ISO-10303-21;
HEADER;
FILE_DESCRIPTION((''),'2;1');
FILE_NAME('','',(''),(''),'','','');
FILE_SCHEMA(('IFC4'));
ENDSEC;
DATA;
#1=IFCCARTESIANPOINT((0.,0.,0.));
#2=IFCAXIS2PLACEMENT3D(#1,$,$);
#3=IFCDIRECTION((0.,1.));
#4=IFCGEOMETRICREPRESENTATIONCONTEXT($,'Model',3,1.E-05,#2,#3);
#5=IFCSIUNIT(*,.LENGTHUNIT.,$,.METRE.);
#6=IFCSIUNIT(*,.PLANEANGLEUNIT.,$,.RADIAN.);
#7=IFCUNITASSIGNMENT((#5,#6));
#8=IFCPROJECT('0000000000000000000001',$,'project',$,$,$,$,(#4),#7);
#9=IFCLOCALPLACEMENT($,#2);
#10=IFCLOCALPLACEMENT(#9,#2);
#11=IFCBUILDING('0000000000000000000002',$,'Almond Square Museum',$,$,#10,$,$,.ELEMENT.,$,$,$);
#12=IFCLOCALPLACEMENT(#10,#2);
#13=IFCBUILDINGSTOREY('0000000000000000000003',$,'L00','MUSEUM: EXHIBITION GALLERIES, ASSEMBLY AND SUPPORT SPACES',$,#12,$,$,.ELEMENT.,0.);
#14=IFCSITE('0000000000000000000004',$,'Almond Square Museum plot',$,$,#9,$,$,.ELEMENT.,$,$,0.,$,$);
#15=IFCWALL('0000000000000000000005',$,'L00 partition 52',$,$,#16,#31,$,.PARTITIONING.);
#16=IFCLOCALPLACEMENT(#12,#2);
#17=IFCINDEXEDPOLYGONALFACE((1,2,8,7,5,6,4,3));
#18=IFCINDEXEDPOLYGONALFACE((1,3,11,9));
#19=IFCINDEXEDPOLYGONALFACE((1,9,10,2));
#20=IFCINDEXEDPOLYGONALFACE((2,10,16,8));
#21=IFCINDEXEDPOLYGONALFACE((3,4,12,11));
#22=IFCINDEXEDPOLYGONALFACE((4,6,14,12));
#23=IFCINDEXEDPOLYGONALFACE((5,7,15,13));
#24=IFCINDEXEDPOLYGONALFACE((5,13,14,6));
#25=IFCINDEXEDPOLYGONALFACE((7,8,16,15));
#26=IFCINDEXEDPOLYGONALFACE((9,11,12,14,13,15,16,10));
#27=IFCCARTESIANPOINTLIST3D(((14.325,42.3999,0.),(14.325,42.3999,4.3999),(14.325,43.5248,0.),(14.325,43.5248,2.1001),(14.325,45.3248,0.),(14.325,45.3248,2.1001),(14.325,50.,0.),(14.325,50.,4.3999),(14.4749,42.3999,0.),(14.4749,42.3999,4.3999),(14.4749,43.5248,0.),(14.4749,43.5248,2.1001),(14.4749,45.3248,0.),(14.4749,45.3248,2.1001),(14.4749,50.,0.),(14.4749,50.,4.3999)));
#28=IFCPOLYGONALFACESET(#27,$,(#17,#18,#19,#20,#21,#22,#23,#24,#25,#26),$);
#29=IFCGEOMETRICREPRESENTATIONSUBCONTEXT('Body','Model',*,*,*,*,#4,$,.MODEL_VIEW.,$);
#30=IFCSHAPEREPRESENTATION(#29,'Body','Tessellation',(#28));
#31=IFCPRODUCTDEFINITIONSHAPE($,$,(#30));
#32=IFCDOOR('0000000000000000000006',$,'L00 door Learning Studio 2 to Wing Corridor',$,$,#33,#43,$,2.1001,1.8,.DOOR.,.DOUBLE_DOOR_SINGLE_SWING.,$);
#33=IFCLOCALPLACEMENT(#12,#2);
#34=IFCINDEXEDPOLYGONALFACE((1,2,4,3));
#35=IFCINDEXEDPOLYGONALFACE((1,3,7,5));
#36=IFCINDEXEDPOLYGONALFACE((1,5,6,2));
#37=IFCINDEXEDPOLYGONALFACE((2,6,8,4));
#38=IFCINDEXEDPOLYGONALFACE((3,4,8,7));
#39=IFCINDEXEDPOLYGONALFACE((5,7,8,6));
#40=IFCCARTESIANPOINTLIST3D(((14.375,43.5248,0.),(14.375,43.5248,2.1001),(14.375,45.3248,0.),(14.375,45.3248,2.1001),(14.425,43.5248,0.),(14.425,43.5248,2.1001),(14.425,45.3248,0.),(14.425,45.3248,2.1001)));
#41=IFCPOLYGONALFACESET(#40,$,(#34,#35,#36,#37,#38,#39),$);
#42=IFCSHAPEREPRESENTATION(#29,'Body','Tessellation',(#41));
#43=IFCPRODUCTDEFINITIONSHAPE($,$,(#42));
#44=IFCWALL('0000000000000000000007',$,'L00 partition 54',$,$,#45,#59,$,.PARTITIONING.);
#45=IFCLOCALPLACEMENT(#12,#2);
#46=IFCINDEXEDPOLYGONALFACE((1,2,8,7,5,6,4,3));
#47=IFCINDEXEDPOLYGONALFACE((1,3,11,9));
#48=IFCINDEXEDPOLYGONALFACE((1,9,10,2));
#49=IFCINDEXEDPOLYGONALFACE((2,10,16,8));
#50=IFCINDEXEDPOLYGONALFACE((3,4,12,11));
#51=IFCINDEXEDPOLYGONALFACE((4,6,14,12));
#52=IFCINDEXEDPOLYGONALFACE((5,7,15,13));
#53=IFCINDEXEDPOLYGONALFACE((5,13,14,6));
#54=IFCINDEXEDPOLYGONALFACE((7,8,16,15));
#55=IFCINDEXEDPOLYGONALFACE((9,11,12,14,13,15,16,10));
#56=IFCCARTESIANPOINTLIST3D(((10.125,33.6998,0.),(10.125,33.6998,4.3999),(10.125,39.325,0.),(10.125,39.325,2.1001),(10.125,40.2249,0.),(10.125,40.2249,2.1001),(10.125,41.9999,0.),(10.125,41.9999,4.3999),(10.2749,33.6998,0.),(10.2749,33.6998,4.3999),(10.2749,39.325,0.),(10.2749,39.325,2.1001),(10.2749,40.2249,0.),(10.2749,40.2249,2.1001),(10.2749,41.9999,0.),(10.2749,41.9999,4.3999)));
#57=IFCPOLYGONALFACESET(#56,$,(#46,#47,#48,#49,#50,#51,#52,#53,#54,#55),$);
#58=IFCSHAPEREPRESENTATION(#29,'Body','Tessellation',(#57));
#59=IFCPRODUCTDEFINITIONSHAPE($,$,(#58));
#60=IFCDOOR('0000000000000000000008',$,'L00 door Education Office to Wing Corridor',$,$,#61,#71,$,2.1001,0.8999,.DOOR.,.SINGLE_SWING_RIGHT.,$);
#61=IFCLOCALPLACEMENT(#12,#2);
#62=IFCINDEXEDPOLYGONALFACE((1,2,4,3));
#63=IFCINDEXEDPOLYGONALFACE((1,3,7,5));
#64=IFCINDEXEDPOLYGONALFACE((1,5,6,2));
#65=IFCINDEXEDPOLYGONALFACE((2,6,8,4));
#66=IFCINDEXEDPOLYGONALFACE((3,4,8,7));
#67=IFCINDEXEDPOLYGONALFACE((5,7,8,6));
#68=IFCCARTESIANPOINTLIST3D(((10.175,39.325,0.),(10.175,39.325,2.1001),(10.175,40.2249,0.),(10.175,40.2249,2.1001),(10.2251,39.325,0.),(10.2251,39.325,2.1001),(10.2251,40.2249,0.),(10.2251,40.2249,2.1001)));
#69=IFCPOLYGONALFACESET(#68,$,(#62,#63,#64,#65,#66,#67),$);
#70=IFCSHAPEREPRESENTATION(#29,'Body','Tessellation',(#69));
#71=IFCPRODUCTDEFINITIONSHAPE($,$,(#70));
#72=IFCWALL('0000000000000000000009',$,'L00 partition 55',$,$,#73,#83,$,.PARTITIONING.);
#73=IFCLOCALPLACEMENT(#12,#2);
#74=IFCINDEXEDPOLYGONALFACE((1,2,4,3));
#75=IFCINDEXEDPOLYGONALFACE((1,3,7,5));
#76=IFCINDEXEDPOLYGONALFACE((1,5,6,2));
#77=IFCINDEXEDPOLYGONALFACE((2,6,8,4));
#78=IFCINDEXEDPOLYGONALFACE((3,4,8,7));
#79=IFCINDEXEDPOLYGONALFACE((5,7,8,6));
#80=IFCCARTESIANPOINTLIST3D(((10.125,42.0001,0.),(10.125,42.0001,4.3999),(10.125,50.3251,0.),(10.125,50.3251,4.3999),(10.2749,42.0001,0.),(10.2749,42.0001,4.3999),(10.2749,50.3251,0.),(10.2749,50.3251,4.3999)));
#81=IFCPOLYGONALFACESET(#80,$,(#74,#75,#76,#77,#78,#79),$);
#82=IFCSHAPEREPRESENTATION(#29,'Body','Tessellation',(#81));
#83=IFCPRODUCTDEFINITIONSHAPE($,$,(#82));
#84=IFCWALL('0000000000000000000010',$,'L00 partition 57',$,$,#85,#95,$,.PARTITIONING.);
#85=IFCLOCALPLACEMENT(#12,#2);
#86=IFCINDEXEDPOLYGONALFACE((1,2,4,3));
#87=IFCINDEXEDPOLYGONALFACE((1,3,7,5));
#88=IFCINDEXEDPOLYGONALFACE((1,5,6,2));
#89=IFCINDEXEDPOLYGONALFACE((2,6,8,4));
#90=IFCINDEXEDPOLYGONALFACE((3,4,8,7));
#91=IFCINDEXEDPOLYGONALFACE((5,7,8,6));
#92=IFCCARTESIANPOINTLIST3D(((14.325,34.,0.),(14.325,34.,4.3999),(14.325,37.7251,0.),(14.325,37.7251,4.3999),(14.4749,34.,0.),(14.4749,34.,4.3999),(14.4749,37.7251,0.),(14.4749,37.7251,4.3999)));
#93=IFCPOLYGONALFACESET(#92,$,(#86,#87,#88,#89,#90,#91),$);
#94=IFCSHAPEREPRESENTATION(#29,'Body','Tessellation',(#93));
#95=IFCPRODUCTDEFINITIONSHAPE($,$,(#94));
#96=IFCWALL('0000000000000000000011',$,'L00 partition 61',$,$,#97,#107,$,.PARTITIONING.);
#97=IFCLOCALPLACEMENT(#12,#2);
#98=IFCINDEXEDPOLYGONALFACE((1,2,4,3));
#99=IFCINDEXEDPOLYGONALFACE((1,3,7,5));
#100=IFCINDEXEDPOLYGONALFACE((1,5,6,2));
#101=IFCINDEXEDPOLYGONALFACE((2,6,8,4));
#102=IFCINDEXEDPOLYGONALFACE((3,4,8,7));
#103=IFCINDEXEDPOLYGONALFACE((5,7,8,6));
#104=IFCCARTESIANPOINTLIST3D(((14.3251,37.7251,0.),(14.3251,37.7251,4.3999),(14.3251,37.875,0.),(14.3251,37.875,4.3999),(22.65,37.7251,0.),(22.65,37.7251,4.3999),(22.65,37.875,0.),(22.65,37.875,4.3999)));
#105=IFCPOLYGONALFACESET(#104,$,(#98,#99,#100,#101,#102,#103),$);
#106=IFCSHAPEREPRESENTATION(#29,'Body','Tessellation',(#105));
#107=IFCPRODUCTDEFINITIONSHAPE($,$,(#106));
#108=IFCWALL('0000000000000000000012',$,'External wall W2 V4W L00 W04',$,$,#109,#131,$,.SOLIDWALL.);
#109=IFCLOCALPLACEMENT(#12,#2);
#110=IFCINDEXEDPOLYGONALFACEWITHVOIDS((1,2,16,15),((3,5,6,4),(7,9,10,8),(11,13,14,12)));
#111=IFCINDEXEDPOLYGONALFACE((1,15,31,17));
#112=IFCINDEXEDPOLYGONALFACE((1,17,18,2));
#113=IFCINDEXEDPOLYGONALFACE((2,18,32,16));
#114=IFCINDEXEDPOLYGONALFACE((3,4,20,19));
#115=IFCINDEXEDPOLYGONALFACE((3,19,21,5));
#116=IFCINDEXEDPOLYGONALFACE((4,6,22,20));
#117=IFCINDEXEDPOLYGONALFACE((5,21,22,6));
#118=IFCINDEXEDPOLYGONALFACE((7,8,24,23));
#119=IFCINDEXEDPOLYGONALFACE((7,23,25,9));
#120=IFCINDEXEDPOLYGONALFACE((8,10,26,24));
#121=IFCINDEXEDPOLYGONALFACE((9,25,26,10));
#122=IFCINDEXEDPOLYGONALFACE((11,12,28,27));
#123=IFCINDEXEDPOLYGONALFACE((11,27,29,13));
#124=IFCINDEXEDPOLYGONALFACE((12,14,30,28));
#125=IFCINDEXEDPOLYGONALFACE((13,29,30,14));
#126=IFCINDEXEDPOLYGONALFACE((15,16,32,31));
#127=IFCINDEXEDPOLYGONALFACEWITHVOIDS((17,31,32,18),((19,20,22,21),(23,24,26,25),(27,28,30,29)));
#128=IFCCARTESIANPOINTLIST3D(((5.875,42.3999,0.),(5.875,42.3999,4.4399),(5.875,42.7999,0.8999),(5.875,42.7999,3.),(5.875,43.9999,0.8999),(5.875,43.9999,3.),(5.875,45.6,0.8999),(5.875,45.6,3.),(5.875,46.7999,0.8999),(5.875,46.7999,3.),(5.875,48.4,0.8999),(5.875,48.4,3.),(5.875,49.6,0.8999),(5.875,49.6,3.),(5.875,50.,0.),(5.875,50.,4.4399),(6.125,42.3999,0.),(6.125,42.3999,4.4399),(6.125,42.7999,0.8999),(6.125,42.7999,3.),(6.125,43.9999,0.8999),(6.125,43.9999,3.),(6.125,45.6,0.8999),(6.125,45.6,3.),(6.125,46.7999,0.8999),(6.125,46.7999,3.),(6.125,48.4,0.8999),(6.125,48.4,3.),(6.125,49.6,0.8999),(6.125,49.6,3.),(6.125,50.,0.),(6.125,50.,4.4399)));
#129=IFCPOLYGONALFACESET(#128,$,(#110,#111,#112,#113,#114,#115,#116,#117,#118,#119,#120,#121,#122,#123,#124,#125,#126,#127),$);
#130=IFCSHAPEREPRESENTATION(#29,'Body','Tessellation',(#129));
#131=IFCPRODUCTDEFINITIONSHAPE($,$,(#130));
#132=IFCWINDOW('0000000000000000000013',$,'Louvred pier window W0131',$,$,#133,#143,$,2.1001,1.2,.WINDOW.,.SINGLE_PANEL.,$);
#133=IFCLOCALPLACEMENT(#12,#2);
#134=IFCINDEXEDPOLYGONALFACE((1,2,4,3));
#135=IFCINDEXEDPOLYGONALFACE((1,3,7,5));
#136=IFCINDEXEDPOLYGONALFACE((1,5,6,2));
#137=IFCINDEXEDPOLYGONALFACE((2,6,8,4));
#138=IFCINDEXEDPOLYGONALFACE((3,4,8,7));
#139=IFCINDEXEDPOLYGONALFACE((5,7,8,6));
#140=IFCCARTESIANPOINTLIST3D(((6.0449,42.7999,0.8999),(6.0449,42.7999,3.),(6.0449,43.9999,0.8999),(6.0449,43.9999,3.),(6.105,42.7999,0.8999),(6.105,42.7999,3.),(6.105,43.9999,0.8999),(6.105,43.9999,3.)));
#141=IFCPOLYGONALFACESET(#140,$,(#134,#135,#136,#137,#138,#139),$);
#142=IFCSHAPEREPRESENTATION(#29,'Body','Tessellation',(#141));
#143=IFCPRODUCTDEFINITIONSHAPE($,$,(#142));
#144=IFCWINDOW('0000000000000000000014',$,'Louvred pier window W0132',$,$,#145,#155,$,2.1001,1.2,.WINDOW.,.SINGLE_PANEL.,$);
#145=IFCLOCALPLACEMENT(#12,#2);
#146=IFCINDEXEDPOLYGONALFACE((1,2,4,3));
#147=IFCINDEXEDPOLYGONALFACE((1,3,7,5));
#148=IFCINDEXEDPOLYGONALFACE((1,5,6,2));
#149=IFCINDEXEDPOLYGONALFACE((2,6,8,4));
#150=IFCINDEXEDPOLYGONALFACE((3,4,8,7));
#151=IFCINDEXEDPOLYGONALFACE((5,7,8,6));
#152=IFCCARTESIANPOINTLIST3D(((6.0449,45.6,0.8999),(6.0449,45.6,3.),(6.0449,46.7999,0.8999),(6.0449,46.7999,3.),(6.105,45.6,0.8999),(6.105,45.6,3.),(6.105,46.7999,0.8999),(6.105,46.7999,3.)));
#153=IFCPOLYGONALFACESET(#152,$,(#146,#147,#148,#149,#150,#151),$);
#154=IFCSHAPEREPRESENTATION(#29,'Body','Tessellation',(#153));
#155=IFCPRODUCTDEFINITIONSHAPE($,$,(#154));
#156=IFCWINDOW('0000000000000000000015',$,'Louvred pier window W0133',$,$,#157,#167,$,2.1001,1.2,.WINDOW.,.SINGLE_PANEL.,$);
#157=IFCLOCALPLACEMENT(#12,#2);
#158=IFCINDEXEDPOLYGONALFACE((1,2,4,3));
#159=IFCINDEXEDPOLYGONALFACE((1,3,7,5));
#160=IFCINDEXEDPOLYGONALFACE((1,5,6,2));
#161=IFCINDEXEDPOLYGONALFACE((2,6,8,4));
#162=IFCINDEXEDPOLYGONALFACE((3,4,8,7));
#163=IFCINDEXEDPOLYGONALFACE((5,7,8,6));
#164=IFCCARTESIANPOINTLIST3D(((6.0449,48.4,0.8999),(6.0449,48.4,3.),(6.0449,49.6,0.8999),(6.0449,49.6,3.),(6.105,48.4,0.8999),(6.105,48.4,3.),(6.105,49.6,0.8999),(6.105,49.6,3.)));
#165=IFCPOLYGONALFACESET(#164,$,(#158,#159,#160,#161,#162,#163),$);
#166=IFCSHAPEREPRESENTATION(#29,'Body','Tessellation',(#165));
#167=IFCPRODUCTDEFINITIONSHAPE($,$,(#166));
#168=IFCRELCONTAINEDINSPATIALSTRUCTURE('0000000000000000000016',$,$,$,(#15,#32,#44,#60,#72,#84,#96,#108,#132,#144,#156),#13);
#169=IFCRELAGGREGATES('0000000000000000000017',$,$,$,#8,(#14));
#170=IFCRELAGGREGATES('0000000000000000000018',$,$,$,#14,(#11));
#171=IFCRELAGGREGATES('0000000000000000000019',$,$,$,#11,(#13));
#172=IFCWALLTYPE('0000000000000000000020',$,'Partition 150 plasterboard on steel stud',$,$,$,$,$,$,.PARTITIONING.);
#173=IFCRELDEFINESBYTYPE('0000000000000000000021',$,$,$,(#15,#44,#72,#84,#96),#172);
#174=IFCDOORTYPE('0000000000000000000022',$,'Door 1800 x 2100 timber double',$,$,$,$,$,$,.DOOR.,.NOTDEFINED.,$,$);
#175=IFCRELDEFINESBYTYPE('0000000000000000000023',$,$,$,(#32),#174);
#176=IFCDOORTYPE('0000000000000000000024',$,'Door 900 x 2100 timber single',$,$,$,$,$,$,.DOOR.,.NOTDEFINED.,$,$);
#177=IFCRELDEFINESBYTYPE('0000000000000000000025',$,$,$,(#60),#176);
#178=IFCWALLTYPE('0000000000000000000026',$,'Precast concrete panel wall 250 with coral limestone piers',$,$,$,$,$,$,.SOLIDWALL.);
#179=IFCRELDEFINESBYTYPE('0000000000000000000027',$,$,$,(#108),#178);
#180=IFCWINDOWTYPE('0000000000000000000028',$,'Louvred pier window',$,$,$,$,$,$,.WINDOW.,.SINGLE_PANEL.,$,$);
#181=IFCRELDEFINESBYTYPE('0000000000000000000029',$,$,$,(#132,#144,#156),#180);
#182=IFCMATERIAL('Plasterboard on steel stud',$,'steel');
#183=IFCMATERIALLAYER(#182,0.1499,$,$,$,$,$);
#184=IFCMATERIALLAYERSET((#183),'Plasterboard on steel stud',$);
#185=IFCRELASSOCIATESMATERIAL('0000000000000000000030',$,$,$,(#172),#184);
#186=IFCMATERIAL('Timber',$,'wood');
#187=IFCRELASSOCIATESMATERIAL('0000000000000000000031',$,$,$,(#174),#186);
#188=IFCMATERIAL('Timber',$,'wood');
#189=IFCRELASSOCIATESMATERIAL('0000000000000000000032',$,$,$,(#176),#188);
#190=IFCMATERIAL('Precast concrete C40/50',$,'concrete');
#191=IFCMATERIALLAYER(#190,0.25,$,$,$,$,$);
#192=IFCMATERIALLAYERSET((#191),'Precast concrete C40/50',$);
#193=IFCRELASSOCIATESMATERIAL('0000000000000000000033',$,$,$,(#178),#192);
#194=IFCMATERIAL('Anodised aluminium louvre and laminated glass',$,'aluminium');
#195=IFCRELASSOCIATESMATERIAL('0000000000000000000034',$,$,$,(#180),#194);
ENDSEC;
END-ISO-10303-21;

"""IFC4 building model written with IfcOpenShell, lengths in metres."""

from ifc_helpers import new_model, si_unit, direction, frame, frame_2d, origin, place, context, subcontext, project, spatial, rectangle, extrude, material, layer, layer_set, type_object, element, fill, save


model = new_model("IFC4")

# Units and contexts
model_context = context("Model", 3, precision=1e-05, world=origin(), true_north=direction((0.0, 1.0)))
body_context = subcontext(model_context, "Body", "Model", "MODEL_VIEW")
ifc_project = project(units=[si_unit("LENGTHUNIT", "METRE"), si_unit("PLANEANGLEUNIT", "RADIAN")], contexts=[model_context])

# Site, building, storey
site_placement = place(None, origin())
site = spatial("IfcSite", under=ifc_project, at=site_placement, Name="Almond Square Museum plot", CompositionType="ELEMENT", RefElevation=0.0)
building_placement = place(site_placement, origin())
building = spatial("IfcBuilding", under=site, at=building_placement, Name="Almond Square Museum", CompositionType="ELEMENT")
storey_placement = place(building_placement, origin())
storey = spatial("IfcBuildingStorey", under=building, at=storey_placement, Name="L00", Description="MUSEUM: EXHIBITION GALLERIES, ASSEMBLY AND SUPPORT SPACES", CompositionType="ELEMENT", Elevation=0.0)

# Shared definitions
ifc_material_1 = material(Name="Plasterboard on steel stud", Category="steel")
ifc_layer_1 = layer(ifc_material_1, 0.1499)
ifc_layer_set_1 = layer_set([ifc_layer_1], Name="Plasterboard on steel stud")
wall_type_1 = type_object("IfcWallType", Name="Partition 150 plasterboard on steel stud", PredefinedType="PARTITIONING", material=ifc_layer_set_1)

# Walls, openings, doors
wall_1_placement = place(storey_placement, frame((14.3999, 42.3999, 0.0), z_axis=(0.0, 0.0, 1.0), x_axis=(0.0, 1.0, 0.0)))
wall_1 = element("IfcWall", 1, at=wall_1_placement, inside=storey, type_object=wall_type_1, Name="L00 partition 52", PredefinedType="PARTITIONING", context=body_context, shape_type="SweptSolid", body=[
    extrude(rectangle(XDim=7.6001, YDim=0.1499, at=frame_2d((3.8, 0.0))), origin(), (0.0, 0.0, 1.0), 4.3999),
])
opening_1_placement = place(wall_1_placement, frame((1.125, 0.0, 0.0)))
opening_1 = element("IfcOpeningElement", 2, at=opening_1_placement, cuts=wall_1, PredefinedType="OPENING", context=body_context, shape_type="SweptSolid", body=[
    extrude(rectangle(XDim=1.8, YDim=2.1001, at=frame_2d((0.8999, 1.05))), frame((0.0, 0.085, 0.0), z_axis=(0.0, -1.0, 0.0), x_axis=(1.0, 0.0, 0.0)), (0.0, 0.0, 1.0), 0.1699),
])
ifc_material_2 = material(Name="Timber", Category="wood")
door_type_1 = type_object("IfcDoorType", Name="Door 1800 x 2100 timber double", OperationType="NOTDEFINED", PredefinedType="DOOR", material=ifc_material_2)
door_1_placement = place(opening_1_placement, origin())
door_1 = element("IfcDoor", 3, at=door_1_placement, inside=storey, type_object=door_type_1, Name="L00 door Learning Studio 2 to Wing Corridor", OperationType="DOUBLE_DOOR_SINGLE_SWING", OverallHeight=2.1001, OverallWidth=1.8, PredefinedType="DOOR", context=body_context, shape_type="SweptSolid", body=[
    extrude(rectangle(XDim=1.8, YDim=2.1001, at=frame_2d((0.8999, 1.05))), frame((0.0, 0.0249, 0.0), z_axis=(0.0, -1.0, 0.0), x_axis=(1.0, 0.0, 0.0)), (0.0, 0.0, 1.0), 0.05),
])
fill(opening_1, door_1)
wall_2_placement = place(storey_placement, frame((10.2, 33.7, 0.0), z_axis=(0.0, 0.0, 1.0), x_axis=(0.0, 1.0, 0.0)))
wall_2 = element("IfcWall", 4, at=wall_2_placement, inside=storey, type_object=wall_type_1, Name="L00 partition 54", PredefinedType="PARTITIONING", context=body_context, shape_type="SweptSolid", body=[
    extrude(rectangle(XDim=8.3, YDim=0.1499, at=frame_2d((4.1499, 0.0))), origin(), (0.0, 0.0, 1.0), 4.3999),
])
opening_2_placement = place(wall_2_placement, frame((5.625, 0.0, 0.0)))
opening_2 = element("IfcOpeningElement", 5, at=opening_2_placement, cuts=wall_2, PredefinedType="OPENING", context=body_context, shape_type="SweptSolid", body=[
    extrude(rectangle(XDim=0.8999, YDim=2.1001, at=frame_2d((0.45, 1.05))), frame((0.0, 0.085, 0.0), z_axis=(0.0, -1.0, 0.0), x_axis=(1.0, 0.0, 0.0)), (0.0, 0.0, 1.0), 0.1699),
])
ifc_material_3 = material(Name="Timber", Category="wood")
door_type_2 = type_object("IfcDoorType", Name="Door 900 x 2100 timber single", OperationType="NOTDEFINED", PredefinedType="DOOR", material=ifc_material_3)
door_2_placement = place(opening_2_placement, origin())
door_2 = element("IfcDoor", 6, at=door_2_placement, inside=storey, type_object=door_type_2, Name="L00 door Education Office to Wing Corridor", OperationType="SINGLE_SWING_RIGHT", OverallHeight=2.1001, OverallWidth=0.8999, PredefinedType="DOOR", context=body_context, shape_type="SweptSolid", body=[
    extrude(rectangle(XDim=0.8999, YDim=2.1001, at=frame_2d((0.45, 1.05))), frame((0.0, 0.0249, 0.0), z_axis=(0.0, -1.0, 0.0), x_axis=(1.0, 0.0, 0.0)), (0.0, 0.0, 1.0), 0.05),
])
fill(opening_2, door_2)

# Walls
wall_3_placement = place(storey_placement, frame((10.2, 42.0, 0.0), z_axis=(0.0, 0.0, 1.0), x_axis=(0.0, 1.0, 0.0)))
element("IfcWall", 7, at=wall_3_placement, inside=storey, type_object=wall_type_1, Name="L00 partition 55", PredefinedType="PARTITIONING", context=body_context, shape_type="SweptSolid", body=[
    extrude(rectangle(XDim=8.325, YDim=0.1499, at=frame_2d((4.1626, 0.0))), origin(), (0.0, 0.0, 1.0), 4.3999),
])
wall_4_placement = place(storey_placement, frame((14.3999, 34.0, 0.0), z_axis=(0.0, 0.0, 1.0), x_axis=(0.0, 1.0, 0.0)))
element("IfcWall", 8, at=wall_4_placement, inside=storey, type_object=wall_type_1, Name="L00 partition 57", PredefinedType="PARTITIONING", context=body_context, shape_type="SweptSolid", body=[
    extrude(rectangle(XDim=3.7251, YDim=0.1499, at=frame_2d((1.8625, 0.0))), origin(), (0.0, 0.0, 1.0), 4.3999),
])
wall_5_placement = place(storey_placement, frame((14.325, 37.8, 0.0), z_axis=(0.0, 0.0, 1.0), x_axis=(1.0, 0.0, 0.0)))
element("IfcWall", 9, at=wall_5_placement, inside=storey, type_object=wall_type_1, Name="L00 partition 61", PredefinedType="PARTITIONING", context=body_context, shape_type="SweptSolid", body=[
    extrude(rectangle(XDim=8.325, YDim=0.1499, at=frame_2d((4.1626, 0.0))), origin(), (0.0, 0.0, 1.0), 4.3999),
])

# Wall, openings, windows
ifc_material_4 = material(Name="Precast concrete C40/50", Category="concrete")
ifc_layer_2 = layer(ifc_material_4, 0.25)
ifc_layer_set_2 = layer_set([ifc_layer_2], Name="Precast concrete C40/50")
wall_type_2 = type_object("IfcWallType", Name="Precast concrete panel wall 250 with coral limestone piers", PredefinedType="SOLIDWALL", material=ifc_layer_set_2)
wall_6_placement = place(storey_placement, frame((6.0, 42.3999, 0.0), z_axis=(0.0, 0.0, 1.0), x_axis=(0.0, 1.0, 0.0)))
wall_6 = element("IfcWall", 10, at=wall_6_placement, inside=storey, type_object=wall_type_2, Name="External wall W2 V4W L00 W04", PredefinedType="SOLIDWALL", context=body_context, shape_type="SweptSolid", body=[
    extrude(rectangle(XDim=7.6001, YDim=0.25, at=frame_2d((3.8, 0.0))), origin(), (0.0, 0.0, 1.0), 4.4399),
])
opening_3_placement = place(wall_6_placement, frame((0.3999, 0.0, 0.8999)))
opening_3 = element("IfcOpeningElement", 11, at=opening_3_placement, cuts=wall_6, PredefinedType="OPENING", context=body_context, shape_type="SweptSolid", body=[
    extrude(rectangle(XDim=1.2, YDim=2.1001, at=frame_2d((0.6001, 1.05))), frame((0.0, 0.135, 0.0), z_axis=(0.0, -1.0, 0.0), x_axis=(1.0, 0.0, 0.0)), (0.0, 0.0, 1.0), 0.27),
])
opening_4_placement = place(wall_6_placement, frame((3.2, 0.0, 0.8999)))
opening_4 = element("IfcOpeningElement", 12, at=opening_4_placement, cuts=wall_6, PredefinedType="OPENING", context=body_context, shape_type="SweptSolid", body=[
    extrude(rectangle(XDim=1.2, YDim=2.1001, at=frame_2d((0.6001, 1.05))), frame((0.0, 0.135, 0.0), z_axis=(0.0, -1.0, 0.0), x_axis=(1.0, 0.0, 0.0)), (0.0, 0.0, 1.0), 0.27),
])
opening_5_placement = place(wall_6_placement, frame((6.0, 0.0, 0.8999)))
opening_5 = element("IfcOpeningElement", 13, at=opening_5_placement, cuts=wall_6, PredefinedType="OPENING", context=body_context, shape_type="SweptSolid", body=[
    extrude(rectangle(XDim=1.2, YDim=2.1001, at=frame_2d((0.6001, 1.05))), frame((0.0, 0.135, 0.0), z_axis=(0.0, -1.0, 0.0), x_axis=(1.0, 0.0, 0.0)), (0.0, 0.0, 1.0), 0.27),
])
ifc_material_5 = material(Name="Anodised aluminium louvre and laminated glass", Category="aluminium")
window_type = type_object("IfcWindowType", Name="Louvred pier window", PartitioningType="SINGLE_PANEL", PredefinedType="WINDOW", material=ifc_material_5)
window_1_placement = place(opening_3_placement, origin())
window_1 = element("IfcWindow", 14, at=window_1_placement, inside=storey, type_object=window_type, Name="Louvred pier window W0131", OverallHeight=2.1001, OverallWidth=1.2, PartitioningType="SINGLE_PANEL", PredefinedType="WINDOW", context=body_context, shape_type="SweptSolid", body=[
    extrude(rectangle(XDim=1.2, YDim=2.1001, at=frame_2d((0.6001, 1.05))), frame((0.0, -0.0449, 0.0), z_axis=(0.0, -1.0, 0.0), x_axis=(1.0, 0.0, 0.0)), (0.0, 0.0, 1.0), 0.0601),
])
fill(opening_3, window_1)
window_2_placement = place(opening_4_placement, origin())
window_2 = element("IfcWindow", 15, at=window_2_placement, inside=storey, type_object=window_type, Name="Louvred pier window W0132", OverallHeight=2.1001, OverallWidth=1.2, PartitioningType="SINGLE_PANEL", PredefinedType="WINDOW", context=body_context, shape_type="SweptSolid", body=[
    extrude(rectangle(XDim=1.2, YDim=2.1001, at=frame_2d((0.6001, 1.05))), frame((0.0, -0.0449, 0.0), z_axis=(0.0, -1.0, 0.0), x_axis=(1.0, 0.0, 0.0)), (0.0, 0.0, 1.0), 0.0601),
])
fill(opening_4, window_2)
window_3_placement = place(opening_5_placement, origin())
window_3 = element("IfcWindow", 16, at=window_3_placement, inside=storey, type_object=window_type, Name="Louvred pier window W0133", OverallHeight=2.1001, OverallWidth=1.2, PartitioningType="SINGLE_PANEL", PredefinedType="WINDOW", context=body_context, shape_type="SweptSolid", body=[
    extrude(rectangle(XDim=1.2, YDim=2.1001, at=frame_2d((0.6001, 1.05))), frame((0.0, -0.0449, 0.0), z_axis=(0.0, -1.0, 0.0), x_axis=(1.0, 0.0, 0.0)), (0.0, 0.0, 1.0), 0.0601),
])
fill(opening_5, window_3)

save(model, "model.ifc")
